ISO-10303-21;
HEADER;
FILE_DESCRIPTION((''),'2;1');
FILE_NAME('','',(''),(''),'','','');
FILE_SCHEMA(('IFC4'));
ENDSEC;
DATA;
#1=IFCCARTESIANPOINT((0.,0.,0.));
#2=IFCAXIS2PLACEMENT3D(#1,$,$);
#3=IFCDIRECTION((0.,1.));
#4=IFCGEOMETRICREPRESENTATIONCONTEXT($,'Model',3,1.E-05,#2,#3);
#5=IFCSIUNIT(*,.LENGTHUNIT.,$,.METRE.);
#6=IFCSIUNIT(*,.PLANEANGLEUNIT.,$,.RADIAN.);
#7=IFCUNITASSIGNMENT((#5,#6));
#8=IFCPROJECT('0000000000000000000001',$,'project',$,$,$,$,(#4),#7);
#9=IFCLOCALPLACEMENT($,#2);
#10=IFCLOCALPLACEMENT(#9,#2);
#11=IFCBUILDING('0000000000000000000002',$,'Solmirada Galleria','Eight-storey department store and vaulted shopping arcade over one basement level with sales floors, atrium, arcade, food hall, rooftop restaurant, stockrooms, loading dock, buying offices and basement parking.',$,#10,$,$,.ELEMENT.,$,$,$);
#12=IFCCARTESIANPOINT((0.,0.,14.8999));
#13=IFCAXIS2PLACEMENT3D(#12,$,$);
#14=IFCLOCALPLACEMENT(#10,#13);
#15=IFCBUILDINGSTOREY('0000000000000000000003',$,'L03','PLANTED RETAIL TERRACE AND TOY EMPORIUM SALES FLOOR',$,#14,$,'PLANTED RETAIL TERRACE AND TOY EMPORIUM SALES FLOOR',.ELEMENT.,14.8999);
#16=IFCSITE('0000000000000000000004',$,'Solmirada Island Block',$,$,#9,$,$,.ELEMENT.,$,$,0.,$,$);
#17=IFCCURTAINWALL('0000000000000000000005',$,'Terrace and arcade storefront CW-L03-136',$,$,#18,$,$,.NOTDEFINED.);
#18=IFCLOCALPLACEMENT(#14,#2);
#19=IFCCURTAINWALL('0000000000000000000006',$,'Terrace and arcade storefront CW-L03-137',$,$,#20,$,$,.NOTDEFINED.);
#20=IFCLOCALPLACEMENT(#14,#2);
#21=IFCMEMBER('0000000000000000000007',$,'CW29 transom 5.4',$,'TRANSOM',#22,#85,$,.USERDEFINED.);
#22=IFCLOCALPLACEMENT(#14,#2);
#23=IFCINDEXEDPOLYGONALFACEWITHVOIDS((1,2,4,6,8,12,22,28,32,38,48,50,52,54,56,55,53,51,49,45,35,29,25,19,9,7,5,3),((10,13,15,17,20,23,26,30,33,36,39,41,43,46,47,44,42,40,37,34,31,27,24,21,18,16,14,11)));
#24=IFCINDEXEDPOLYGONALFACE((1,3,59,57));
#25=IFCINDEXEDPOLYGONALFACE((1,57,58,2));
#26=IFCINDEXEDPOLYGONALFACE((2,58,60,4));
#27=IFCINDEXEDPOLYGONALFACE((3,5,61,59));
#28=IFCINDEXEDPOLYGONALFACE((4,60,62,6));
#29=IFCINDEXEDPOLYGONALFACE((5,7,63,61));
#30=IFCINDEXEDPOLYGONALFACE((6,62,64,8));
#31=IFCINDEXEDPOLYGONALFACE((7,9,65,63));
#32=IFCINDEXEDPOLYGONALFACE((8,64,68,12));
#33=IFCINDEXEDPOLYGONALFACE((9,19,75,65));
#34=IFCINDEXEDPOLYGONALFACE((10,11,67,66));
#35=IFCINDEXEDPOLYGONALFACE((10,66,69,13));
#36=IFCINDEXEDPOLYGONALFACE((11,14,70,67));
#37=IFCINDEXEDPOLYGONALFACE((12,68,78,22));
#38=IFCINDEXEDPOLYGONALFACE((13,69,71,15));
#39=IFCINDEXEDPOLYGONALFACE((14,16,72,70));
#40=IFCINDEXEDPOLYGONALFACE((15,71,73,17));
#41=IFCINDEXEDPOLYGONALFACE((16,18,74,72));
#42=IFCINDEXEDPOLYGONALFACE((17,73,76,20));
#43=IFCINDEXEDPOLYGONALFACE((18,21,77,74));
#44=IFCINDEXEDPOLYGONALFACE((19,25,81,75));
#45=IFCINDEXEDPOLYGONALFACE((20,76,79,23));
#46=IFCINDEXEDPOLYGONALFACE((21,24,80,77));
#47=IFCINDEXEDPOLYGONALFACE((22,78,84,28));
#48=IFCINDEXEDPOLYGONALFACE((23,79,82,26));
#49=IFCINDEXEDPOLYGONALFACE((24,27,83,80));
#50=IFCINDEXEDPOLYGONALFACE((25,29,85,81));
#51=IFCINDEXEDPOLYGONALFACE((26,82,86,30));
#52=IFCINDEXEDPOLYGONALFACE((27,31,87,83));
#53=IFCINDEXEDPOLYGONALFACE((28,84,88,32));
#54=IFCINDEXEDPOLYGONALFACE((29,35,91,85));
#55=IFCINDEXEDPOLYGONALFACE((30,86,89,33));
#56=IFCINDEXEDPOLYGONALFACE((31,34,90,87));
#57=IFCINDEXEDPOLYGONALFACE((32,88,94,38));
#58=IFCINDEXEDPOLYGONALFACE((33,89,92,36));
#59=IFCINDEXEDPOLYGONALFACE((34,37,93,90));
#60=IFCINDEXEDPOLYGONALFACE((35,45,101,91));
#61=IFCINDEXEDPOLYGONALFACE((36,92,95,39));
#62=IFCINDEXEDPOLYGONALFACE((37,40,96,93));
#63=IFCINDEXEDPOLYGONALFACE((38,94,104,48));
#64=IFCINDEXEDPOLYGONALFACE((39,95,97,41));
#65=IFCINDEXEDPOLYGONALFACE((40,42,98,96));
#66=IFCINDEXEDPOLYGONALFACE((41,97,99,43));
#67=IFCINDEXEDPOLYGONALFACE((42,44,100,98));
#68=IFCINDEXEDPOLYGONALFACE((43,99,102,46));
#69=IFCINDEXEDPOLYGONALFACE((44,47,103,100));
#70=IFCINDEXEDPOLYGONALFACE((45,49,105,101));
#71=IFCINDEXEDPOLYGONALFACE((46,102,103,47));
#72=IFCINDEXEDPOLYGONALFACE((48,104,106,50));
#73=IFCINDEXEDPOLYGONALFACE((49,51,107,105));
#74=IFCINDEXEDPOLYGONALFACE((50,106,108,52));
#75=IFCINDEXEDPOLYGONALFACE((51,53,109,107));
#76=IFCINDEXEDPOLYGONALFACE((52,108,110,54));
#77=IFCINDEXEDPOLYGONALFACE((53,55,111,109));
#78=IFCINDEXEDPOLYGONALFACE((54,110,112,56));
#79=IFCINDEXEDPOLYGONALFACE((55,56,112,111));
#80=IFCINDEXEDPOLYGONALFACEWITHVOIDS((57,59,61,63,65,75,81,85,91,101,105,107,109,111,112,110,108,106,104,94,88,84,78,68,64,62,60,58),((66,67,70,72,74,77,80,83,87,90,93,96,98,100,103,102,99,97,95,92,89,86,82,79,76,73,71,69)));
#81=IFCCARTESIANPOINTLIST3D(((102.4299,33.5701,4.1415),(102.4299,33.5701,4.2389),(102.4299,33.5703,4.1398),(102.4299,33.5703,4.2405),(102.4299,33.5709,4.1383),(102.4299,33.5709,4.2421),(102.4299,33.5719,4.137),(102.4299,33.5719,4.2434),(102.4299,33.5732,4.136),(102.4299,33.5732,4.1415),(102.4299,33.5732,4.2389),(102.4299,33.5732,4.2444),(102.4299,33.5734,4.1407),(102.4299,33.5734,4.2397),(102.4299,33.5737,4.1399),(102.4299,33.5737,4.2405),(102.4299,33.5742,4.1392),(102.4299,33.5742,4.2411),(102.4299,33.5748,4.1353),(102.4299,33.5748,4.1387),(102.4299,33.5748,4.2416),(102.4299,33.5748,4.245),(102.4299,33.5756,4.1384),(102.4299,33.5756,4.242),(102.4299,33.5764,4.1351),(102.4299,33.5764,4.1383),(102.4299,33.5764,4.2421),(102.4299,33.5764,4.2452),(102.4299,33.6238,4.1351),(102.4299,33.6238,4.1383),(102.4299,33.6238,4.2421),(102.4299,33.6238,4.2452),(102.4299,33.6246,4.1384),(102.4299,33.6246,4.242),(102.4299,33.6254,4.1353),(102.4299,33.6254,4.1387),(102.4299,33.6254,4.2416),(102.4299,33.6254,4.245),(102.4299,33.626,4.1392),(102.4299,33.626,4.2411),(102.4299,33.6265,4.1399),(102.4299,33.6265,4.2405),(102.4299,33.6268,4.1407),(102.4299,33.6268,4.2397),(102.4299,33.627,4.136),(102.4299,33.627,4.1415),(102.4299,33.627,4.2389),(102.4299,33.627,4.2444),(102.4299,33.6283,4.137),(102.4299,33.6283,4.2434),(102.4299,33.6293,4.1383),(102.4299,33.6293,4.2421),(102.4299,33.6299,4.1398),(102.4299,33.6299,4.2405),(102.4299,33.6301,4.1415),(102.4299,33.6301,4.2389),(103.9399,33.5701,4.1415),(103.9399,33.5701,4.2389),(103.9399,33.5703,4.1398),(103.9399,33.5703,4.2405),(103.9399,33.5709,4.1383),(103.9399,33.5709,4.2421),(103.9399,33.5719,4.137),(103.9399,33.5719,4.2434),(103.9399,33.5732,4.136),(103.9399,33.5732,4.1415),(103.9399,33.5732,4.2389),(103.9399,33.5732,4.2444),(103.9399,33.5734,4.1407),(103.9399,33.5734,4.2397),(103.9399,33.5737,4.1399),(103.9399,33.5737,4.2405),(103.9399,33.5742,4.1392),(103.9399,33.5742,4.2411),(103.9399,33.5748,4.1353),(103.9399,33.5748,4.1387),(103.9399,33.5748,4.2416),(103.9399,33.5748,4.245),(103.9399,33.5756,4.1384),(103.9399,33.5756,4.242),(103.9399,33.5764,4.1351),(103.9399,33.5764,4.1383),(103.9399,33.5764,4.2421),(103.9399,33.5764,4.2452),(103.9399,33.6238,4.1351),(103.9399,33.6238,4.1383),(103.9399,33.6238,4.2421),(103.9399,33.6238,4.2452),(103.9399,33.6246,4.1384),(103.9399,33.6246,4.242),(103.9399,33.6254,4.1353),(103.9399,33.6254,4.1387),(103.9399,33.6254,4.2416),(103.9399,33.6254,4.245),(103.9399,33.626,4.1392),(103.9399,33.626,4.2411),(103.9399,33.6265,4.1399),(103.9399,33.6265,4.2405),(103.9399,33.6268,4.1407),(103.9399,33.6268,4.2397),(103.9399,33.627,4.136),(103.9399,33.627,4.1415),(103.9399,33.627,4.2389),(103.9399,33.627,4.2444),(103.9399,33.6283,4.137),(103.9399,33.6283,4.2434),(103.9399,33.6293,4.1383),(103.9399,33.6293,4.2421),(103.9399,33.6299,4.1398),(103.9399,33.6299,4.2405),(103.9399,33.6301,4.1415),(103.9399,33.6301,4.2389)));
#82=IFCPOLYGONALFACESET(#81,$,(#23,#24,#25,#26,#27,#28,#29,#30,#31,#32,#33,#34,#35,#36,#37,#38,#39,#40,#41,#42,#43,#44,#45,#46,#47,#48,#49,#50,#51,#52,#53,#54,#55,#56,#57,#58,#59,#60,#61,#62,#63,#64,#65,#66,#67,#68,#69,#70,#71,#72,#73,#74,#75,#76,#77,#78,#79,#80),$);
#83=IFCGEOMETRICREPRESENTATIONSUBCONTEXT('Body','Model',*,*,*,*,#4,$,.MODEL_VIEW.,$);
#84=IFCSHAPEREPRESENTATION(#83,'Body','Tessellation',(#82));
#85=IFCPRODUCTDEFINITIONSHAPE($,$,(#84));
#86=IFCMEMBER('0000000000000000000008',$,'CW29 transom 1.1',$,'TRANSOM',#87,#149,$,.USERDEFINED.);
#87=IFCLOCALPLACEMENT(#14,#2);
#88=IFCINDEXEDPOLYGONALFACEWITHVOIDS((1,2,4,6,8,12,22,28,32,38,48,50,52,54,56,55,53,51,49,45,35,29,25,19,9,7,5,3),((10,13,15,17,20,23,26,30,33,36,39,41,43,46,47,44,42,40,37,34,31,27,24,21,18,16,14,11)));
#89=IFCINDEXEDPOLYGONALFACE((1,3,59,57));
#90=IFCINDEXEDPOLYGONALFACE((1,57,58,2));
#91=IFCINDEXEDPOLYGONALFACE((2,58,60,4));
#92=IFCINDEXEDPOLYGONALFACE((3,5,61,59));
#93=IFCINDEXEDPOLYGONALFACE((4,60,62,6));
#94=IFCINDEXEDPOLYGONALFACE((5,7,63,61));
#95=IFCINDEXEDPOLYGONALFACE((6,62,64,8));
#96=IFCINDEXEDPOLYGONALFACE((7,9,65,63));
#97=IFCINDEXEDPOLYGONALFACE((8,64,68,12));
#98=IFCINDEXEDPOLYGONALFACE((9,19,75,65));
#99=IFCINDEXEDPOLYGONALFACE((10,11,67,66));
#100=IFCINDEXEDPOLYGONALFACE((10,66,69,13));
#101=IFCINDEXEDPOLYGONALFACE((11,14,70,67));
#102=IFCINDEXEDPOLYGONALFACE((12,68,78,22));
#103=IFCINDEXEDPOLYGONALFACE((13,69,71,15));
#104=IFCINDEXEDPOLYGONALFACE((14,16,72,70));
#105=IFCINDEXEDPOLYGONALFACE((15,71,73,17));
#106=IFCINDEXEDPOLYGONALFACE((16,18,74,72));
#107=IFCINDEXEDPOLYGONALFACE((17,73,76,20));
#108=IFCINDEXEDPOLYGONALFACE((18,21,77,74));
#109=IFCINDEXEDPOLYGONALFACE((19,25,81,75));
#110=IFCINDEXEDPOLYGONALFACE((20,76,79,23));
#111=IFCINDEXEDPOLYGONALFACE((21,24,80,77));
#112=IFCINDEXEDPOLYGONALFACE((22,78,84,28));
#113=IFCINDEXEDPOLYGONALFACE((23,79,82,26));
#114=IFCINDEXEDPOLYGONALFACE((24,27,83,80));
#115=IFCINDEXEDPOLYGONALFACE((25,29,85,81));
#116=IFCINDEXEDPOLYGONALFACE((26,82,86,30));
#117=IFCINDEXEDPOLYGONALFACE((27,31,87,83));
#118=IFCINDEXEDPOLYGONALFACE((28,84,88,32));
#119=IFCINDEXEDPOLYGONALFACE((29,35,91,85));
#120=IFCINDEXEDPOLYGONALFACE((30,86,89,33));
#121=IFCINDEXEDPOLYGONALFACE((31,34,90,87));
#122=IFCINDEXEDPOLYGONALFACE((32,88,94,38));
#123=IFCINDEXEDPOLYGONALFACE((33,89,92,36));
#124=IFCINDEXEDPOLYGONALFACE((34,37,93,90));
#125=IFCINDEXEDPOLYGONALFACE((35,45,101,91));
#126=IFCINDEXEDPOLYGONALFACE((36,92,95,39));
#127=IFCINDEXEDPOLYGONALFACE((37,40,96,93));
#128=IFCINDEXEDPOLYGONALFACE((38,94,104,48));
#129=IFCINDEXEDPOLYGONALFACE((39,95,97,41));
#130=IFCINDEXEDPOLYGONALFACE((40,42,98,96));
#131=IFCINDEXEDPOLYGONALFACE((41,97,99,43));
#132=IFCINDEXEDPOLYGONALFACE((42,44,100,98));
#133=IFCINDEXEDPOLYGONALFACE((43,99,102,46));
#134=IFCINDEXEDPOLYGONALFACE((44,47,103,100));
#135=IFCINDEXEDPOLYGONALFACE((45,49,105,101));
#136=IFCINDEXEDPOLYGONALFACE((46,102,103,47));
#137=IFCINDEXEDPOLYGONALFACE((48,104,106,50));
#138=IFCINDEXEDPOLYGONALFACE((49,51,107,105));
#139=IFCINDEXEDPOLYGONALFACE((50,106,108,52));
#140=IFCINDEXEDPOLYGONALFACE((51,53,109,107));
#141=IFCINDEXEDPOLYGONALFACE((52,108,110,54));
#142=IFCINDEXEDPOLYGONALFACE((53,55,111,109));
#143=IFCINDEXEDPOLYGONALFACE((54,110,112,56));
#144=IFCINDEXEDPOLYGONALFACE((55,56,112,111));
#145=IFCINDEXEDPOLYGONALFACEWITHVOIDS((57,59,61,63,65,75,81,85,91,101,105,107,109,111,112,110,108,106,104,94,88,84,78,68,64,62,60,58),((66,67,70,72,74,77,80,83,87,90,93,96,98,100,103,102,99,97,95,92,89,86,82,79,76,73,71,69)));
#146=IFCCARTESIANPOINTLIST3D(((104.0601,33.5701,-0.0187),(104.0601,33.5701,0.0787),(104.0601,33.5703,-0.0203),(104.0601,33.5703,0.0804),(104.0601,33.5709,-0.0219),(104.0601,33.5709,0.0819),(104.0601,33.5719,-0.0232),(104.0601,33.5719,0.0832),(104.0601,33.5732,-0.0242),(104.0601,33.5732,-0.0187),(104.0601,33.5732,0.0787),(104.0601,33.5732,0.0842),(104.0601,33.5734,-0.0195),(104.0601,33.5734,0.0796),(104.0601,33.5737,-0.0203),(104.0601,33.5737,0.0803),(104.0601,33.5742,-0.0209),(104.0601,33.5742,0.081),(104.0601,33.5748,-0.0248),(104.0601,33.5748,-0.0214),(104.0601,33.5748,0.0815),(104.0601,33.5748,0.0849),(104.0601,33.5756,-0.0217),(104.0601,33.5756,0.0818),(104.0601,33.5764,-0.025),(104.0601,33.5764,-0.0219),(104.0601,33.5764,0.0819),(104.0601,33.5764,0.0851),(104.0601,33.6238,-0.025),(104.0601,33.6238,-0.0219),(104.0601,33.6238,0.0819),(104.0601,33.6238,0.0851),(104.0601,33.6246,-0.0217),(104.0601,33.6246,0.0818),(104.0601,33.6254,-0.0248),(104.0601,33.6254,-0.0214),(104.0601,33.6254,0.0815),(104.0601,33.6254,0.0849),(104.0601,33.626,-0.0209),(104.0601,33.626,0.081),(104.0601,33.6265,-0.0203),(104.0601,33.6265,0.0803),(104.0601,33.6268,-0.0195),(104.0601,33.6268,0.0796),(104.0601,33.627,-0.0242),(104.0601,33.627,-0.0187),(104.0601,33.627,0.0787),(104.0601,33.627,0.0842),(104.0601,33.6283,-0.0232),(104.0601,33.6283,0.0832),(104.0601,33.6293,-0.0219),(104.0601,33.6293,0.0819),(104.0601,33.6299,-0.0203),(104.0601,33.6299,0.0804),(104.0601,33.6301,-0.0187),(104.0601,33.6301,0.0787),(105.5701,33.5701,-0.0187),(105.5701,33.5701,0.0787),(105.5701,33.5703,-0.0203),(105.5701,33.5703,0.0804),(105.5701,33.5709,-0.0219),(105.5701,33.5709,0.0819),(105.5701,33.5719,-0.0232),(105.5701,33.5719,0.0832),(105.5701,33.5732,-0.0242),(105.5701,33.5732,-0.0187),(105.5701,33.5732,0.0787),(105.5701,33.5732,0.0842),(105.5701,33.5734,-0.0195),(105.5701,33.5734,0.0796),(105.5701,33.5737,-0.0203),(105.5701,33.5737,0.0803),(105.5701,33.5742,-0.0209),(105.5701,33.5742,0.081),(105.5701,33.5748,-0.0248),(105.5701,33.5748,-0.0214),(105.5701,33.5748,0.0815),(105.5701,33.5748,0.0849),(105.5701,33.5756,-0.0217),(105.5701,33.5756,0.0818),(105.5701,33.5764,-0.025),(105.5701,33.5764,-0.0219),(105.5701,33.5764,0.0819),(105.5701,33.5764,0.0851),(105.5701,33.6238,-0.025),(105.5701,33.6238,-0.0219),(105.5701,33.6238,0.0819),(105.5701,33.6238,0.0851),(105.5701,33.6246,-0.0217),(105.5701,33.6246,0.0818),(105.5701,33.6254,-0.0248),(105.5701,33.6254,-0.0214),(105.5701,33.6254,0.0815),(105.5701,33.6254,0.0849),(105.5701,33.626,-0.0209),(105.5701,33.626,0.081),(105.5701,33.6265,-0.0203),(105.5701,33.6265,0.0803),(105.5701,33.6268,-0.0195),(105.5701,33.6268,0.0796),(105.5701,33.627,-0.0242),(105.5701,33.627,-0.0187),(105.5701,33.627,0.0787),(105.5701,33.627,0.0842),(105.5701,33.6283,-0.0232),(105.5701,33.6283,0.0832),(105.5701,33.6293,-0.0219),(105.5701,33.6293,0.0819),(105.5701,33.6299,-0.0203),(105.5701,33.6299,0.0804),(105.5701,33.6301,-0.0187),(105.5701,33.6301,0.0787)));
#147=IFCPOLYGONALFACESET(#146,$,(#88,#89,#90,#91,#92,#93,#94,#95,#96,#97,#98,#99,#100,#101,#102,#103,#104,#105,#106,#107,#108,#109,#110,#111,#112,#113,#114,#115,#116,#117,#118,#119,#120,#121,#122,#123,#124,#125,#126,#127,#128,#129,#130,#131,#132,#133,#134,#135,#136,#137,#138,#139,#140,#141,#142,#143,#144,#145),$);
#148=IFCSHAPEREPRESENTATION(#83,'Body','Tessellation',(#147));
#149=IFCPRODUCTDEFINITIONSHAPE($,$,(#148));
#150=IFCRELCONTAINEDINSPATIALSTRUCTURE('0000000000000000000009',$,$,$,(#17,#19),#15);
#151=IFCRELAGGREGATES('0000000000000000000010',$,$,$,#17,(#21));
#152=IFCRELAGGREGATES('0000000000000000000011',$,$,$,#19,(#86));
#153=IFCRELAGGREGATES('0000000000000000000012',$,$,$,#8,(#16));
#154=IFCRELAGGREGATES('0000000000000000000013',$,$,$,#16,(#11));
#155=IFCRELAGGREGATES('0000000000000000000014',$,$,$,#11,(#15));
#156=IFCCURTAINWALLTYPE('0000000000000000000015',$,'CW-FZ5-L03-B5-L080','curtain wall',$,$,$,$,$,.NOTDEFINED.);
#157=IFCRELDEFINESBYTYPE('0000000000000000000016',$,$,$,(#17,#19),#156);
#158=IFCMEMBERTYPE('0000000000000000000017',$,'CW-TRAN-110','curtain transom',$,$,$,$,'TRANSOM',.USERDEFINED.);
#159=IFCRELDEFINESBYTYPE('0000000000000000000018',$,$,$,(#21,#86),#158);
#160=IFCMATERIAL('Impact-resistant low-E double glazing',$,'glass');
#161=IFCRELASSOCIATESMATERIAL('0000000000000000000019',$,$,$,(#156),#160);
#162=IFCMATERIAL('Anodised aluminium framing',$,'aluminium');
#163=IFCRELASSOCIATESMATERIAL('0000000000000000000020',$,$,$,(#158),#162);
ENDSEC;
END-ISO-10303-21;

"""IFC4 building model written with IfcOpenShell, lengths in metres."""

from ifc_helpers import new_model, si_unit, direction, frame, origin, origin_2d, place, context, subcontext, project, spatial, hollow_rectangle, extrude, material, material_profile, profile_set, type_object, element, aggregate, save


model = new_model("IFC4")

# Units and contexts
model_context = context("Model", 3, precision=1e-05, world=origin(), true_north=direction((0.0, 1.0)))
body_context = subcontext(model_context, "Body", "Model", "MODEL_VIEW")
ifc_project = project(units=[si_unit("LENGTHUNIT", "METRE"), si_unit("PLANEANGLEUNIT", "RADIAN")], contexts=[model_context])

# Site, building, storey
site_placement = place(None, origin())
site = spatial("IfcSite", under=ifc_project, at=site_placement, Name="Solmirada Island Block", CompositionType="ELEMENT", RefElevation=0.0)
building_placement = place(site_placement, origin())
building = spatial("IfcBuilding", under=site, at=building_placement, Name="Solmirada Galleria", Description="Eight-storey department store and vaulted shopping arcade over one basement level with sales floors, atrium, arcade, food hall, rooftop restaurant, stockrooms, loading dock, buying offices and basement parking.", CompositionType="ELEMENT")
storey_placement = place(building_placement, frame((0.0, 0.0, 14.8999)))
storey = spatial("IfcBuildingStorey", under=building, at=storey_placement, Name="L03", Description="PLANTED RETAIL TERRACE AND TOY EMPORIUM SALES FLOOR", LongName="PLANTED RETAIL TERRACE AND TOY EMPORIUM SALES FLOOR", CompositionType="ELEMENT", Elevation=14.8999)

# Curtain wall
ifc_material_1 = material(Name="Impact-resistant low-E double glazing", Category="glass")
curtain_wall_type = type_object("IfcCurtainWallType", Name="CW-FZ5-L03-B5-L080", Description="curtain wall", PredefinedType="NOTDEFINED", material=ifc_material_1)
curtain_wall_1_placement = place(storey_placement, origin())
curtain_wall_1 = element("IfcCurtainWall", 1, at=curtain_wall_1_placement, inside=storey, type_object=curtain_wall_type, Name="Terrace and arcade storefront CW-L03-136", PredefinedType="NOTDEFINED")
ifc_material_2 = material(Name="Anodised aluminium framing", Category="aluminium")

# Curtain wall
curtain_wall_2_placement = place(storey_placement, origin())
curtain_wall_2 = element("IfcCurtainWall", 2, at=curtain_wall_2_placement, inside=storey, type_object=curtain_wall_type, Name="Terrace and arcade storefront CW-L03-137", PredefinedType="NOTDEFINED")

# Members
ifc_material_profile_1 = material_profile(ifc_material_2, hollow_rectangle(XDim=0.0601, YDim=0.1101, WallThickness=0.0032, InnerFilletRadius=0.0032, OuterFilletRadius=0.0063, at=origin_2d()), Name="ALU-TRAN-110X60")
ifc_profile_set_1 = profile_set([ifc_material_profile_1], Name="Anodised aluminium framing")
member_type_1 = type_object("IfcMemberType", Name="CW-TRAN-110", Description="curtain transom", ElementType="TRANSOM", PredefinedType="USERDEFINED", material=ifc_profile_set_1)
member_1_placement = place(storey_placement, frame((102.4299, 33.6001, 4.1902), z_axis=(1.0, 0.0, 0.0), x_axis=(0.0, 1.0, 0.0)))
member_1 = element("IfcMember", 3, at=member_1_placement, type_object=member_type_1, Name="CW29 transom 5.4", ObjectType="TRANSOM", PredefinedType="USERDEFINED", context=body_context, shape_type="SweptSolid", body=[
    extrude(hollow_rectangle(XDim=0.0601, YDim=0.1101, WallThickness=0.0032, InnerFilletRadius=0.0032, OuterFilletRadius=0.0063, at=origin_2d()), origin(), (0.0, 0.0, 1.0), 1.51),
])
member_2_placement = place(storey_placement, frame((104.0601, 33.6001, 0.03), z_axis=(1.0, 0.0, 0.0), x_axis=(0.0, 1.0, 0.0)))
member_2 = element("IfcMember", 4, at=member_2_placement, type_object=member_type_1, Name="CW29 transom 1.1", ObjectType="TRANSOM", PredefinedType="USERDEFINED", context=body_context, shape_type="SweptSolid", body=[
    extrude(hollow_rectangle(XDim=0.0601, YDim=0.1101, WallThickness=0.0032, InnerFilletRadius=0.0032, OuterFilletRadius=0.0063, at=origin_2d()), origin(), (0.0, 0.0, 1.0), 1.51),
])

aggregate(curtain_wall_1, [member_1])
aggregate(curtain_wall_2, [member_2])

save(model, "model.ifc")
